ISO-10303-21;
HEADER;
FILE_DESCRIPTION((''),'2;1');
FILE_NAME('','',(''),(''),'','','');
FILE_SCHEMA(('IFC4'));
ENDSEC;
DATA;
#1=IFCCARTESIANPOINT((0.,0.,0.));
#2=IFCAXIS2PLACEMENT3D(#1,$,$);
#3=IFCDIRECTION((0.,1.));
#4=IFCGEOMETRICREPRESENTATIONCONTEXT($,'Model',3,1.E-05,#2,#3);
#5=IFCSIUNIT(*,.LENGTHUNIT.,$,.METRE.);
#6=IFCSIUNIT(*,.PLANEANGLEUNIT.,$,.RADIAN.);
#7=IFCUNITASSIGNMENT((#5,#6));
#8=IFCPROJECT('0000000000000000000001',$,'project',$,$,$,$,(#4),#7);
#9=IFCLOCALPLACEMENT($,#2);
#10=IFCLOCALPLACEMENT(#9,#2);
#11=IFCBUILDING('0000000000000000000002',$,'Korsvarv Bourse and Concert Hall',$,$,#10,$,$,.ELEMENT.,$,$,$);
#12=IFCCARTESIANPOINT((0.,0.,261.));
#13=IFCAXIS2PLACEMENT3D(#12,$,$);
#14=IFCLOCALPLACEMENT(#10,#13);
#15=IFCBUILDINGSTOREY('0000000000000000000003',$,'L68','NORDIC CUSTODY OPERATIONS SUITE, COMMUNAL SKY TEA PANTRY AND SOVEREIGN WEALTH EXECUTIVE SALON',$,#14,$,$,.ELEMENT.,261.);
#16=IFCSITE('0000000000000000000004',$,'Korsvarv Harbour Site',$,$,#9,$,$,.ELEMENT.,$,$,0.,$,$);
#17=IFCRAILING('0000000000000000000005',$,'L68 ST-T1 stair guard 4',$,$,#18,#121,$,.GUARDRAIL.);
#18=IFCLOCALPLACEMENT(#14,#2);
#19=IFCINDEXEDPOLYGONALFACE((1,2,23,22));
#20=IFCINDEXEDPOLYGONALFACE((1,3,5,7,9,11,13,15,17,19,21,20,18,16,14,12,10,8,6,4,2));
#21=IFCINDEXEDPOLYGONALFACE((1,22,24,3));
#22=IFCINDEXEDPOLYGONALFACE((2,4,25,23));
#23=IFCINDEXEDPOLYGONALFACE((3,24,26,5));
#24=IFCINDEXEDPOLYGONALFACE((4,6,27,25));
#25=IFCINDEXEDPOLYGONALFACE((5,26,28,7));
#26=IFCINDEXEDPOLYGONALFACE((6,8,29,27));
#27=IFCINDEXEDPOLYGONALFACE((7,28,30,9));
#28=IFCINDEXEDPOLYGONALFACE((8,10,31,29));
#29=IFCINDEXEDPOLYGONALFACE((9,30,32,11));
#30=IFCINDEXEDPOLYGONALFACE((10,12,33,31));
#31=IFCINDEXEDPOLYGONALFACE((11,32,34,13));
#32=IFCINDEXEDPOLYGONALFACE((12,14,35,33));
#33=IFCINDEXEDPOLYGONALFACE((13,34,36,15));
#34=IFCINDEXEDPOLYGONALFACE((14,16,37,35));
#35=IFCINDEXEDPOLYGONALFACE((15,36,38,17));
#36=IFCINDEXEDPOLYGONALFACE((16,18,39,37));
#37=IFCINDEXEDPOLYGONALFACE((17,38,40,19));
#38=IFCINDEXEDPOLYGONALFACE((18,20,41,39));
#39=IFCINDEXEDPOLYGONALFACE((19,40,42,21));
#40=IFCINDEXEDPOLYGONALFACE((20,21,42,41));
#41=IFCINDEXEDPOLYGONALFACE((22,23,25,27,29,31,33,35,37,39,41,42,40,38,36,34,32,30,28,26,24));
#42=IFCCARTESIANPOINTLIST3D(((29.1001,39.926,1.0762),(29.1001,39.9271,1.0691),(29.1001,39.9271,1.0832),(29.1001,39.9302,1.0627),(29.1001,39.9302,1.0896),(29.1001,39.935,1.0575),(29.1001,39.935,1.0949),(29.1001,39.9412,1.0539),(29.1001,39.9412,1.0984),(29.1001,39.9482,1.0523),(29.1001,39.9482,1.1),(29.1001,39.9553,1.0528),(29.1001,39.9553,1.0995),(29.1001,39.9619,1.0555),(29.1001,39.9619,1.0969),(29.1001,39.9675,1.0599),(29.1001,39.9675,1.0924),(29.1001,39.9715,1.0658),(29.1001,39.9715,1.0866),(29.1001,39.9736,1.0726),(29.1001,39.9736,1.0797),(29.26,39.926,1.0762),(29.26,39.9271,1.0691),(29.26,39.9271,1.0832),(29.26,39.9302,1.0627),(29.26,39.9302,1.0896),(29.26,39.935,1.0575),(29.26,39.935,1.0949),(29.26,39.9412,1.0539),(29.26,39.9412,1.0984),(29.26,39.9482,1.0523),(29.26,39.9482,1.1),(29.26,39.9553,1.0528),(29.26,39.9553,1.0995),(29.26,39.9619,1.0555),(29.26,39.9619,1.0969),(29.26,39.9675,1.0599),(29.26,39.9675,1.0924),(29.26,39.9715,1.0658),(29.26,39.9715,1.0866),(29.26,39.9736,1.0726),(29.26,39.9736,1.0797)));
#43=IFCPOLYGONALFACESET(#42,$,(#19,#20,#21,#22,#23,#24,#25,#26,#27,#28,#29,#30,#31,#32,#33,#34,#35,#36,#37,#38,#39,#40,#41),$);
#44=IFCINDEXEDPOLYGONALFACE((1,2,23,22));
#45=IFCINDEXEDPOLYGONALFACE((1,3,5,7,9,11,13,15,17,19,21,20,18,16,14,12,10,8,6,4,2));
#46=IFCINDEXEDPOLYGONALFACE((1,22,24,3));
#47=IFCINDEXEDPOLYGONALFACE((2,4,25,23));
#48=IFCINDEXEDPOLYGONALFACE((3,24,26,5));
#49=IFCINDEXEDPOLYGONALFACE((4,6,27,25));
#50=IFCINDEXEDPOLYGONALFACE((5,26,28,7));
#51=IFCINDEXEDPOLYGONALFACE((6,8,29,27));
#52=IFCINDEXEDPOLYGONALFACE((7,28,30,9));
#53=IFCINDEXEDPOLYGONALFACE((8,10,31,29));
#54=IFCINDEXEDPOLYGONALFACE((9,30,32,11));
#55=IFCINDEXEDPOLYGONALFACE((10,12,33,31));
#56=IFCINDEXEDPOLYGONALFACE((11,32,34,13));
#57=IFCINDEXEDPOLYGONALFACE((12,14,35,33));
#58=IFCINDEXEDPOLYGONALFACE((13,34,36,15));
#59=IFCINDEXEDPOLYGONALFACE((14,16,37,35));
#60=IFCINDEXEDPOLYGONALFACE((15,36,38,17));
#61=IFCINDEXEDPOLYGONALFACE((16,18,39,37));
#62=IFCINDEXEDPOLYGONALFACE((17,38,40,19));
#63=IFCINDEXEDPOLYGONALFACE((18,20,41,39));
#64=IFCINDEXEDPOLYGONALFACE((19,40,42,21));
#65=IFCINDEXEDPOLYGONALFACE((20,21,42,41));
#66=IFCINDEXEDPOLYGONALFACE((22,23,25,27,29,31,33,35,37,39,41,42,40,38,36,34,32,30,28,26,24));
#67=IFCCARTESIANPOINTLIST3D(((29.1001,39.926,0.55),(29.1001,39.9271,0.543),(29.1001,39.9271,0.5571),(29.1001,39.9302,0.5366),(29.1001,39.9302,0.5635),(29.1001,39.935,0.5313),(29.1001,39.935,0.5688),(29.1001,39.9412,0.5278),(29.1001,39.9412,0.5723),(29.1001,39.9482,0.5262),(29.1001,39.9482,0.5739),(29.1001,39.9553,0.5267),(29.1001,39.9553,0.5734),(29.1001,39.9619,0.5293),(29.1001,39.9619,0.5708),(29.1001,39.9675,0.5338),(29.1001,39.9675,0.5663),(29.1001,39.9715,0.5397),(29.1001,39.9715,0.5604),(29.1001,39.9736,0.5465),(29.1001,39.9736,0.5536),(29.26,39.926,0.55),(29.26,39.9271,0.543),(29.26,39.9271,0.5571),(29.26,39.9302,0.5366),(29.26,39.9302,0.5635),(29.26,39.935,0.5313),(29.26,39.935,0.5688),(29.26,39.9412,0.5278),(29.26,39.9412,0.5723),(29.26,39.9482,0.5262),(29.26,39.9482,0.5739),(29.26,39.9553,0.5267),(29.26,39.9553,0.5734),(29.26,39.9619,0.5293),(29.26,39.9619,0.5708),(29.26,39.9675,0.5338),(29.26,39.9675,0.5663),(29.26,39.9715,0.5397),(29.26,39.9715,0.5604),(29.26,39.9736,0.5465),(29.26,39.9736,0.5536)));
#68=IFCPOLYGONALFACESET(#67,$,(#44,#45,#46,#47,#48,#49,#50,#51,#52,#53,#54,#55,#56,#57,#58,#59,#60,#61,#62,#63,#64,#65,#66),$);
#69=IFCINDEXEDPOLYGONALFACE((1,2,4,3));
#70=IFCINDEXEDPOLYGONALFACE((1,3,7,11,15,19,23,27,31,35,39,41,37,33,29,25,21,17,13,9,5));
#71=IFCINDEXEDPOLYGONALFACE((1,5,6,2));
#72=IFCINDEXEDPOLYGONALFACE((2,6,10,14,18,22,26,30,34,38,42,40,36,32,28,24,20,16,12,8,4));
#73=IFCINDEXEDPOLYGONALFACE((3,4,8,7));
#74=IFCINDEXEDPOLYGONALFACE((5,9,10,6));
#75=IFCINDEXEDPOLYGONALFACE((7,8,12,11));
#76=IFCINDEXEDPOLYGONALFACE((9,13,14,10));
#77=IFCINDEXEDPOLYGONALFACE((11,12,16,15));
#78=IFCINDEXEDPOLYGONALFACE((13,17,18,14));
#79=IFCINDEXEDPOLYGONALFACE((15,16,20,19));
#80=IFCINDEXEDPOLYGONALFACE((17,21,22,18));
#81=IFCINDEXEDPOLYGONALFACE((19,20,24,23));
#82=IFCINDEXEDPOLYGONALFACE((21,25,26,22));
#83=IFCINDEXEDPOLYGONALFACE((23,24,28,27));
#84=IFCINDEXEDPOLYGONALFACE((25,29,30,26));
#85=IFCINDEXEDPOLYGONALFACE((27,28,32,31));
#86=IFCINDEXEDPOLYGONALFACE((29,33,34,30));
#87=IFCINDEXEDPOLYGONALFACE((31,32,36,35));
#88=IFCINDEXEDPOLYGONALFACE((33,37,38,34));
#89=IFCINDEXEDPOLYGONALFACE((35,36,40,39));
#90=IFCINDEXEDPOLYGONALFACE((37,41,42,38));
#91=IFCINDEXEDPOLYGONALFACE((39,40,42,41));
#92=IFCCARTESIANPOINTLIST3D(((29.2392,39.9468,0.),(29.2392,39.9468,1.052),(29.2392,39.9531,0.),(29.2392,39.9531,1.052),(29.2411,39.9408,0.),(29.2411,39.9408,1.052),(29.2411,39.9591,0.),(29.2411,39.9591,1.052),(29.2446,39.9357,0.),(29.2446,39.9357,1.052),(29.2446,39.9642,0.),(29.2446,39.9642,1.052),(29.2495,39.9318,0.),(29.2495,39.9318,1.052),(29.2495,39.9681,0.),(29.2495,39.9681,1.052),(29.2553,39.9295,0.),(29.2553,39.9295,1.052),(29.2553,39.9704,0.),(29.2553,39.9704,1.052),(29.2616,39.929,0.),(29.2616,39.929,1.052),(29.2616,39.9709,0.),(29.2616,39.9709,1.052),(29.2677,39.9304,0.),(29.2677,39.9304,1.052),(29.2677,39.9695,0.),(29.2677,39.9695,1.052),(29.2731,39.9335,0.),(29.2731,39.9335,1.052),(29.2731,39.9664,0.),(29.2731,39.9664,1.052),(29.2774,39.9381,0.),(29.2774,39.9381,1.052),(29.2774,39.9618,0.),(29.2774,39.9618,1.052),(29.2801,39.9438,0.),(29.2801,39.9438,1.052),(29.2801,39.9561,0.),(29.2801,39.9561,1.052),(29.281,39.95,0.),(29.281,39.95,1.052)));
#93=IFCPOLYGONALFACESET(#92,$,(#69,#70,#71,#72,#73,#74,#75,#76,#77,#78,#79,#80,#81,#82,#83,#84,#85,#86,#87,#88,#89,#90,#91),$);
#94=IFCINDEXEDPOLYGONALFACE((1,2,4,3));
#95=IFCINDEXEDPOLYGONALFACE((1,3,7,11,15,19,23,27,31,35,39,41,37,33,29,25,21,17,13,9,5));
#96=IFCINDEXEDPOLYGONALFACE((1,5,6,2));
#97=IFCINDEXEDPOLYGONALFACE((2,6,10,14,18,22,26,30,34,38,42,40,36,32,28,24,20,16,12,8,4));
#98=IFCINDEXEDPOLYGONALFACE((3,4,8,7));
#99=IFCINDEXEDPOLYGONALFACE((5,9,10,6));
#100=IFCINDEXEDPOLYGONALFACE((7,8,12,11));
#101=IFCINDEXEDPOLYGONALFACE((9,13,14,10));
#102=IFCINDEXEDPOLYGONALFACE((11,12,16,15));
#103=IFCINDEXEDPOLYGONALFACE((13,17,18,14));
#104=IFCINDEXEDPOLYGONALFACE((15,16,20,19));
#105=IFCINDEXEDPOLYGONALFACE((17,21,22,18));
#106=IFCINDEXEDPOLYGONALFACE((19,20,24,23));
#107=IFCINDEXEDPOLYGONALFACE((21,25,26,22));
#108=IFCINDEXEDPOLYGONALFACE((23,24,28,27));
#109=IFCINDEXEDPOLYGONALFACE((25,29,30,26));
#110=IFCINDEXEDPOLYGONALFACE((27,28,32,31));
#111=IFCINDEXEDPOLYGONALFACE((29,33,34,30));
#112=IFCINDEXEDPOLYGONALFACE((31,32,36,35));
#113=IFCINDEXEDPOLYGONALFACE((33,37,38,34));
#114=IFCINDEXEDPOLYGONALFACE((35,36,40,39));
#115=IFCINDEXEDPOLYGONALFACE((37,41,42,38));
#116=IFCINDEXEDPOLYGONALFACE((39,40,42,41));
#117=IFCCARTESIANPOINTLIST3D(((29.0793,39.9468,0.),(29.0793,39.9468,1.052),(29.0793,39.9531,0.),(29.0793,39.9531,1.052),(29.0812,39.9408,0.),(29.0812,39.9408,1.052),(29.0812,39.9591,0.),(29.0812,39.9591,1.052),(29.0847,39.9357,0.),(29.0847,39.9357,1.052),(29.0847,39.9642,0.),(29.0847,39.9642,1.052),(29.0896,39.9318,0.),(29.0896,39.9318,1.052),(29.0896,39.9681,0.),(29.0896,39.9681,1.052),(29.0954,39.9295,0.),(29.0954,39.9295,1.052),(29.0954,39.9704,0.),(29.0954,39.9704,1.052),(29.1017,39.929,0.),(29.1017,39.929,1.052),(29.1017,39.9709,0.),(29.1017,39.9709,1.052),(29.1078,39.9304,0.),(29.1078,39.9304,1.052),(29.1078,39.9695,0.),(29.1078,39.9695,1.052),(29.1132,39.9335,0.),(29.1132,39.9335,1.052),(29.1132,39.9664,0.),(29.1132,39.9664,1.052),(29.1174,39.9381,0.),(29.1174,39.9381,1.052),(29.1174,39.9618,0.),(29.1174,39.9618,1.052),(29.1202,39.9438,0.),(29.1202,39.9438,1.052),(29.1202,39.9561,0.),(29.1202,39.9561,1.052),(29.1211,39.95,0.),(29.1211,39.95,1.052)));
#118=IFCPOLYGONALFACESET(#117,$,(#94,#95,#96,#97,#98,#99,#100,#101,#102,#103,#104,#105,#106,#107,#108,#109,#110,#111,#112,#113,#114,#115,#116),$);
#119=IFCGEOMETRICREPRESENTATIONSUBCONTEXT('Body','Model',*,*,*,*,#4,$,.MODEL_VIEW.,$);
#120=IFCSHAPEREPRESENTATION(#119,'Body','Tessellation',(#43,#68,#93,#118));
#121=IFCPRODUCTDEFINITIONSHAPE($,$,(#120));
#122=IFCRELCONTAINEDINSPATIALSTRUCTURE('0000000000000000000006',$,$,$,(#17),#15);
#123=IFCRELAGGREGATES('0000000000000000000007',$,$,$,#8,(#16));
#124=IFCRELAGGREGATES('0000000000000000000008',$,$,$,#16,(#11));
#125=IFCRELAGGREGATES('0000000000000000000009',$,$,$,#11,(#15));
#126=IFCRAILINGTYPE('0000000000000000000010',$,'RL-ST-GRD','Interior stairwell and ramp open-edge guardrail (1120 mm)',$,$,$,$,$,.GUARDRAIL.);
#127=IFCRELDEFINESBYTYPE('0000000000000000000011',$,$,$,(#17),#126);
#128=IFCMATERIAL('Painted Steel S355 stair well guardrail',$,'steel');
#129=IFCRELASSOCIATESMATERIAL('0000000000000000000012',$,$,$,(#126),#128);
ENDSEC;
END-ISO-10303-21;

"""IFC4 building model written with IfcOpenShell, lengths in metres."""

from ifc_helpers import new_model, si_unit, direction, frame, origin, origin_2d, place, context, subcontext, project, spatial, circle, extrude, material, type_object, element, save


model = new_model("IFC4")

# Units and contexts
model_context = context("Model", 3, precision=1e-05, world=origin(), true_north=direction((0.0, 1.0)))
body_context = subcontext(model_context, "Body", "Model", "MODEL_VIEW")
ifc_project = project(units=[si_unit("LENGTHUNIT", "METRE"), si_unit("PLANEANGLEUNIT", "RADIAN")], contexts=[model_context])

# Site, building, storey
site_placement = place(None, origin())
site = spatial("IfcSite", under=ifc_project, at=site_placement, Name="Korsvarv Harbour Site", CompositionType="ELEMENT", RefElevation=0.0)
building_placement = place(site_placement, origin())
building = spatial("IfcBuilding", under=site, at=building_placement, Name="Korsvarv Bourse and Concert Hall", CompositionType="ELEMENT")
storey_placement = place(building_placement, frame((0.0, 0.0, 261.0)))
storey = spatial("IfcBuildingStorey", under=building, at=storey_placement, Name="L68", Description="NORDIC CUSTODY OPERATIONS SUITE, COMMUNAL SKY TEA PANTRY AND SOVEREIGN WEALTH EXECUTIVE SALON", CompositionType="ELEMENT", Elevation=261.0)

# Railing
ifc_material_1 = material(Name="Painted Steel S355 stair well guardrail", Category="steel")
railing_type_1 = type_object("IfcRailingType", Name="RL-ST-GRD", Description="Interior stairwell and ramp open-edge guardrail (1120 mm)", PredefinedType="GUARDRAIL", material=ifc_material_1)
railing_1_placement = place(storey_placement, frame((29.26, 39.95, 0.0)))
element("IfcRailing", 1, at=railing_1_placement, inside=storey, type_object=railing_type_1, Name="L68 ST-T1 stair guard 4", PredefinedType="GUARDRAIL", context=body_context, shape_type="SweptSolid", body=[
    extrude(circle(Radius=0.0239, at=origin_2d()), frame((0.0, 0.0, 1.0762), z_axis=(-1.0, 0.0, 0.0), x_axis=(0.0, -1.0, 0.0)), (0.0, 0.0, 1.0), 0.1599),
    extrude(circle(Radius=0.0239, at=origin_2d()), frame((0.0, 0.0, 0.55), z_axis=(-1.0, 0.0, 0.0), x_axis=(0.0, -1.0, 0.0)), (0.0, 0.0, 1.0), 0.1599),
    extrude(circle(Radius=0.021, at=origin_2d()), origin(), (0.0, 0.0, 1.0), 1.052),
    extrude(circle(Radius=0.021, at=origin_2d()), frame((-0.1599, 0.0, 0.0)), (0.0, 0.0, 1.0), 1.052),
])

save(model, "model.ifc")
